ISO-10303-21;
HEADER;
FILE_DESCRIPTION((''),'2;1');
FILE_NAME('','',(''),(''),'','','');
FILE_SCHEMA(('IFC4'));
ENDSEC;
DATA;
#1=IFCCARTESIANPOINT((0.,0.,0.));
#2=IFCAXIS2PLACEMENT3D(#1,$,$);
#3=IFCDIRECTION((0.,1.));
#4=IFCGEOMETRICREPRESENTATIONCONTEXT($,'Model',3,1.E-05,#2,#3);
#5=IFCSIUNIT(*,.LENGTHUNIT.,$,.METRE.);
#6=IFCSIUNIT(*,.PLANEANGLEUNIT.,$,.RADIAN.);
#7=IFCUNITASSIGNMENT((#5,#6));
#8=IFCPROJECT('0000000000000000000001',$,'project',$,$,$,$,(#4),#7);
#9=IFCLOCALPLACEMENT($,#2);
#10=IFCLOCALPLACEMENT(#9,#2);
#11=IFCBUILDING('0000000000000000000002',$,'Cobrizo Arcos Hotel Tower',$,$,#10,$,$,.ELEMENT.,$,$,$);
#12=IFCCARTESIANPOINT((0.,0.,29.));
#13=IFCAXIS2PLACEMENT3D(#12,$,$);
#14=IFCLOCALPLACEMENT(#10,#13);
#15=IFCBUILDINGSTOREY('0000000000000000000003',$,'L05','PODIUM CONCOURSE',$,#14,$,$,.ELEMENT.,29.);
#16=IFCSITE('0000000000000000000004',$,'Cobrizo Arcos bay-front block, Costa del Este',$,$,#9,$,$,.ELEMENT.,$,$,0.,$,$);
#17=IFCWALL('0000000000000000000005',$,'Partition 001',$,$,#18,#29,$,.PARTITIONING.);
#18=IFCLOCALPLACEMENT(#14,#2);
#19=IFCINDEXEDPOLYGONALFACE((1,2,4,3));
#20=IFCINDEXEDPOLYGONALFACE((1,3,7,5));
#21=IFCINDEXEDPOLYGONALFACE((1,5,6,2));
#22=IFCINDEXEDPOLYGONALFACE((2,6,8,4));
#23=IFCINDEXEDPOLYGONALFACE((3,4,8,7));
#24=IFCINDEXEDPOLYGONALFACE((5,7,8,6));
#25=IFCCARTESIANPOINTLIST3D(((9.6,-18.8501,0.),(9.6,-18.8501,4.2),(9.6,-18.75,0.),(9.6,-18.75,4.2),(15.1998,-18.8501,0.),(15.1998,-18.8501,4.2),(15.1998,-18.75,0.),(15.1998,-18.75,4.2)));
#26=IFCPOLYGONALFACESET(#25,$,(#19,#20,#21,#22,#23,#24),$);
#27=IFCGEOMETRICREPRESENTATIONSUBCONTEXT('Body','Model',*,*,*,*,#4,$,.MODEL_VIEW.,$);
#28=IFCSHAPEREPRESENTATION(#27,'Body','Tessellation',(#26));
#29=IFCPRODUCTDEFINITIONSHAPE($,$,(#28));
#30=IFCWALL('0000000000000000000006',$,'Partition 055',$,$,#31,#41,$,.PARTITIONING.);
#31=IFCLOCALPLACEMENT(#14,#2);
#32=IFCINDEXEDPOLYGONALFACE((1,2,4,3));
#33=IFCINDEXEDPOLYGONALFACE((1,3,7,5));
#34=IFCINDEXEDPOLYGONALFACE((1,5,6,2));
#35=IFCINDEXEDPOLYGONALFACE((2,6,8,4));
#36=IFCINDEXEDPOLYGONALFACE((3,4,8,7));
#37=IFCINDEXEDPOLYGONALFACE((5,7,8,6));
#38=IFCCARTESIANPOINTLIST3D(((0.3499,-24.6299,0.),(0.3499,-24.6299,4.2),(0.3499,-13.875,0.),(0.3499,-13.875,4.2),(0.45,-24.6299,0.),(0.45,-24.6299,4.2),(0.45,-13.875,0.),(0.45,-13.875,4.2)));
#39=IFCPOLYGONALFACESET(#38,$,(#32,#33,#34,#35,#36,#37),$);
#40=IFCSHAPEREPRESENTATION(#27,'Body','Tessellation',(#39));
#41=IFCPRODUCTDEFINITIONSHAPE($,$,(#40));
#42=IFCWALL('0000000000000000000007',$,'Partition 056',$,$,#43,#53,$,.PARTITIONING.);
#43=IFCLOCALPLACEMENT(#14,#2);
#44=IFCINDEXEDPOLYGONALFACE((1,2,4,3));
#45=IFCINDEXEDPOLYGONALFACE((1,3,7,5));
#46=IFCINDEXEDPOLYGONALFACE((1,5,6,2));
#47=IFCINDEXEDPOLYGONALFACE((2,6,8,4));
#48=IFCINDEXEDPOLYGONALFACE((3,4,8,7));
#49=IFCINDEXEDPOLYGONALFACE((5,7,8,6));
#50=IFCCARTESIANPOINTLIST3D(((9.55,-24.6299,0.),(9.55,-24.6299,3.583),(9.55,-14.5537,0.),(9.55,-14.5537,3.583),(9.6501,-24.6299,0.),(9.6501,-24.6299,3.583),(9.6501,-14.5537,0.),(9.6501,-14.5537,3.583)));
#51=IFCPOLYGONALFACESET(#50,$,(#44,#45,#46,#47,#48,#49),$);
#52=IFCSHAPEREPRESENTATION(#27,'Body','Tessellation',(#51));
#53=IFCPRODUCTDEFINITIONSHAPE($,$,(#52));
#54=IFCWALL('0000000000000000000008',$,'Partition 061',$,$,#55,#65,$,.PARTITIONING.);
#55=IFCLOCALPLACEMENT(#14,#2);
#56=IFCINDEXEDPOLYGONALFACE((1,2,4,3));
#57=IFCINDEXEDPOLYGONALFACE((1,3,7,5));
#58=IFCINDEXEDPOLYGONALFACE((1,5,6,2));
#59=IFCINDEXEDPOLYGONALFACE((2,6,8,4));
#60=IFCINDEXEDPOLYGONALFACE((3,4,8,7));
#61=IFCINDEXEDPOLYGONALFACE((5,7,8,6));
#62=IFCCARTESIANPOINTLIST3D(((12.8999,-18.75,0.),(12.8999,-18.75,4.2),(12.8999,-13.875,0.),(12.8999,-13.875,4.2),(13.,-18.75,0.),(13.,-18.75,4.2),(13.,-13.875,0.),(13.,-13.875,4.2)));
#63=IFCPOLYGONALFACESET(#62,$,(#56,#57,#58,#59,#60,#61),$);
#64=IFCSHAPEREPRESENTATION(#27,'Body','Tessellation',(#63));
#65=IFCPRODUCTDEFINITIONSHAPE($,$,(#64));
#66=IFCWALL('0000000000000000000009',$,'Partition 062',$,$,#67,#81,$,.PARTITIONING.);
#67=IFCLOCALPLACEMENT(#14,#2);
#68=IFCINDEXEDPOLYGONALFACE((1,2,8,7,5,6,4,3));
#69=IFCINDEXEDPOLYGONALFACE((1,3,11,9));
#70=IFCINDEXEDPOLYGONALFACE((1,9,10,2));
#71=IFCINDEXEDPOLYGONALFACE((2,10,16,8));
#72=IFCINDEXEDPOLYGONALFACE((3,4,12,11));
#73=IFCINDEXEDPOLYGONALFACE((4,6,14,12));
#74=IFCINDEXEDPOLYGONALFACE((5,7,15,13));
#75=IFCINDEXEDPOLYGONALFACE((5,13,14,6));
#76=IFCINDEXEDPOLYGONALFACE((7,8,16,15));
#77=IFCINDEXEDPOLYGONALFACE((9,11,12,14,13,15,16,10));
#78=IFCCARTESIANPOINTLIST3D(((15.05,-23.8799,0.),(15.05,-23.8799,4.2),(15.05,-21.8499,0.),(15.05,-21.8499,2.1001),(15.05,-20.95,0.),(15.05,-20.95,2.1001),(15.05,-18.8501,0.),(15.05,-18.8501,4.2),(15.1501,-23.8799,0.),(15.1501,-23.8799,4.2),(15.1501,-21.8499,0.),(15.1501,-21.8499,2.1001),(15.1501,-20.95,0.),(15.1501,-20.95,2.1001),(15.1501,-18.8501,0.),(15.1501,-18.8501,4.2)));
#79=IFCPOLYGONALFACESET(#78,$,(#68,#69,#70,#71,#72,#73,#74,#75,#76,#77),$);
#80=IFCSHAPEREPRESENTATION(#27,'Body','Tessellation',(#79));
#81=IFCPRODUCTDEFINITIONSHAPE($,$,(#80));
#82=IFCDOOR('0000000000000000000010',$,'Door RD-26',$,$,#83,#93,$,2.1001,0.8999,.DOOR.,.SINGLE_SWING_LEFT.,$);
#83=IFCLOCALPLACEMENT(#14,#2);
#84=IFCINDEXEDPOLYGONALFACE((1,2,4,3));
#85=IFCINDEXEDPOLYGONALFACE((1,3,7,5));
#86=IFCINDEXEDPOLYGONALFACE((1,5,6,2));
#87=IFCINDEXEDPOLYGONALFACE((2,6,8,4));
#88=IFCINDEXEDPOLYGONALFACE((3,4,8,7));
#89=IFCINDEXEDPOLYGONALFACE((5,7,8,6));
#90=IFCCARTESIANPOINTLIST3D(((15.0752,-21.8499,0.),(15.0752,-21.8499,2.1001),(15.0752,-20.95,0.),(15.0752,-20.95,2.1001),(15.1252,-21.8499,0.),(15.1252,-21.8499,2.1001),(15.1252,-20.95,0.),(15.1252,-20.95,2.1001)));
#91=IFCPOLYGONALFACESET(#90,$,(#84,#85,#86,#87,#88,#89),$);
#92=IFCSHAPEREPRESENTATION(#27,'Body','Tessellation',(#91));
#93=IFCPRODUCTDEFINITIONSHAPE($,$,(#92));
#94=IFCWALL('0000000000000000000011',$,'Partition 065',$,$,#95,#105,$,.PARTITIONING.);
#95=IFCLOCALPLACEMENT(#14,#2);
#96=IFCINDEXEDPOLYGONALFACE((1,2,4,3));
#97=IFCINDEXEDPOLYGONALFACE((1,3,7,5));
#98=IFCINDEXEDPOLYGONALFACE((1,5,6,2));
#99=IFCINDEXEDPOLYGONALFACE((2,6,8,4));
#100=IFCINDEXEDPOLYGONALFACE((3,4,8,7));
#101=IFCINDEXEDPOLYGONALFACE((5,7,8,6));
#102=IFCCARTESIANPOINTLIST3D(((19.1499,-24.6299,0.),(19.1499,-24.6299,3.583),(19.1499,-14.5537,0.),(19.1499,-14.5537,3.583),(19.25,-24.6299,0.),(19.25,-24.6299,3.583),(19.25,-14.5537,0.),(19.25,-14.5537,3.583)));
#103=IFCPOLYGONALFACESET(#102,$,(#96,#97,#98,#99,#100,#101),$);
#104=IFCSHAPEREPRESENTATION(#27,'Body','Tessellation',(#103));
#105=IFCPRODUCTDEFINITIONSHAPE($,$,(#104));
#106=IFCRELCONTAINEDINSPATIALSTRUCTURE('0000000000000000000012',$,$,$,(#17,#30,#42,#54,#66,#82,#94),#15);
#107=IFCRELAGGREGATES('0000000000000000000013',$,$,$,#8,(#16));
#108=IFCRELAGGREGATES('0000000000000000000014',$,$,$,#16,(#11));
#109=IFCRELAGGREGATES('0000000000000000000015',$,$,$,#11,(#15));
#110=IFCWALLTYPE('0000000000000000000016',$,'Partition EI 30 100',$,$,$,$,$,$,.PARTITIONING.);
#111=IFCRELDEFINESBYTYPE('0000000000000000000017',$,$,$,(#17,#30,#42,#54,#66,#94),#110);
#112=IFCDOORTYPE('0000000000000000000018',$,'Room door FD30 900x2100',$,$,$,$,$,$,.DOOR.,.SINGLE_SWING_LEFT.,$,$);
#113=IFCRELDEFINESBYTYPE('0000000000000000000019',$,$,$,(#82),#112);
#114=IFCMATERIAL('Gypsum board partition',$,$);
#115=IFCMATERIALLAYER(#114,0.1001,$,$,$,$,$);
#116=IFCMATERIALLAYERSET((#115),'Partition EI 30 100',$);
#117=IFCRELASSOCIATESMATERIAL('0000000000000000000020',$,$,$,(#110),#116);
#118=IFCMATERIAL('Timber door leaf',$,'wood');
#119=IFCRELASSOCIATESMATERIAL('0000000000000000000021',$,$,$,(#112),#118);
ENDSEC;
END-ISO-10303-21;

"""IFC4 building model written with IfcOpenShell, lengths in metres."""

from ifc_helpers import new_model, si_unit, direction, frame, frame_2d, origin, place, context, subcontext, project, spatial, rectangle, extrude, material, layer, layer_set, type_object, element, fill, save


model = new_model("IFC4")

# Units and contexts
model_context = context("Model", 3, precision=1e-05, world=origin(), true_north=direction((0.0, 1.0)))
body_context = subcontext(model_context, "Body", "Model", "MODEL_VIEW")
ifc_project = project(units=[si_unit("LENGTHUNIT", "METRE"), si_unit("PLANEANGLEUNIT", "RADIAN")], contexts=[model_context])

# Site, building, storey
site_placement = place(None, origin())
site = spatial("IfcSite", under=ifc_project, at=site_placement, Name="Cobrizo Arcos bay-front block, Costa del Este", CompositionType="ELEMENT", RefElevation=0.0)
building_placement = place(site_placement, origin())
building = spatial("IfcBuilding", under=site, at=building_placement, Name="Cobrizo Arcos Hotel Tower", CompositionType="ELEMENT")
storey_placement = place(building_placement, frame((0.0, 0.0, 29.0)))
storey = spatial("IfcBuildingStorey", under=building, at=storey_placement, Name="L05", Description="PODIUM CONCOURSE", CompositionType="ELEMENT", Elevation=29.0)

# Walls
ifc_material_1 = material(Name="Gypsum board partition")
ifc_layer_1 = layer(ifc_material_1, 0.1001)
ifc_layer_set_1 = layer_set([ifc_layer_1], Name="Partition EI 30 100")
wall_type = type_object("IfcWallType", Name="Partition EI 30 100", PredefinedType="PARTITIONING", material=ifc_layer_set_1)
wall_1_placement = place(storey_placement, frame((9.6001, -18.8, 0.0), z_axis=(0.0, 0.0, 1.0), x_axis=(1.0, 0.0, 0.0)))
element("IfcWall", 1, at=wall_1_placement, inside=storey, type_object=wall_type, Name="Partition 001", PredefinedType="PARTITIONING", context=body_context, shape_type="SweptSolid", body=[
    extrude(rectangle(XDim=5.5999, YDim=0.1001, at=frame_2d((2.7998, 0.0))), origin(), (0.0, 0.0, 1.0), 4.2),
])
wall_2_placement = place(storey_placement, frame((0.3999, -24.6299, 0.0), z_axis=(0.0, 0.0, 1.0), x_axis=(0.0, 1.0, 0.0)))
element("IfcWall", 2, at=wall_2_placement, inside=storey, type_object=wall_type, Name="Partition 055", PredefinedType="PARTITIONING", context=body_context, shape_type="SweptSolid", body=[
    extrude(rectangle(XDim=10.7549, YDim=0.1001, at=frame_2d((5.3774, 0.0))), origin(), (0.0, 0.0, 1.0), 4.2),
])
wall_3_placement = place(storey_placement, frame((9.6001, -24.6299, 0.0), z_axis=(0.0, 0.0, 1.0), x_axis=(0.0, 1.0, 0.0)))
element("IfcWall", 3, at=wall_3_placement, inside=storey, type_object=wall_type, Name="Partition 056", PredefinedType="PARTITIONING", context=body_context, shape_type="SweptSolid", body=[
    extrude(rectangle(XDim=10.0762, YDim=0.1001, at=frame_2d((5.0381, 0.0))), origin(), (0.0, 0.0, 1.0), 3.583),
])
wall_4_placement = place(storey_placement, frame((12.95, -18.75, 0.0), z_axis=(0.0, 0.0, 1.0), x_axis=(0.0, 1.0, 0.0)))
element("IfcWall", 4, at=wall_4_placement, inside=storey, type_object=wall_type, Name="Partition 061", PredefinedType="PARTITIONING", context=body_context, shape_type="SweptSolid", body=[
    extrude(rectangle(XDim=4.875, YDim=0.1001, at=frame_2d((2.4375, 0.0))), origin(), (0.0, 0.0, 1.0), 4.2),
])

# Wall, opening, door
wall_5_placement = place(storey_placement, frame((15.1001, -23.8799, 0.0), z_axis=(0.0, 0.0, 1.0), x_axis=(0.0, 1.0, 0.0)))
wall_5 = element("IfcWall", 5, at=wall_5_placement, inside=storey, type_object=wall_type, Name="Partition 062", PredefinedType="PARTITIONING", context=body_context, shape_type="SweptSolid", body=[
    extrude(rectangle(XDim=5.0298, YDim=0.1001, at=frame_2d((2.5149, 0.0))), origin(), (0.0, 0.0, 1.0), 4.2),
])
opening_placement = place(wall_5_placement, frame((2.03, 0.0, 0.0)))
opening = element("IfcOpeningElement", 6, at=opening_placement, cuts=wall_5, PredefinedType="OPENING", context=body_context, shape_type="SweptSolid", body=[
    extrude(rectangle(XDim=0.8999, YDim=2.1001, at=frame_2d((0.45, 1.05))), frame((0.0, 0.062, 0.0), z_axis=(0.0, -1.0, 0.0), x_axis=(1.0, 0.0, 0.0)), (0.0, 0.0, 1.0), 0.124),
])
ifc_material_2 = material(Name="Timber door leaf", Category="wood")
door_type = type_object("IfcDoorType", Name="Room door FD30 900x2100", OperationType="SINGLE_SWING_LEFT", PredefinedType="DOOR", material=ifc_material_2)
door_placement = place(opening_placement, origin())
door = element("IfcDoor", 7, at=door_placement, inside=storey, type_object=door_type, Name="Door RD-26", OperationType="SINGLE_SWING_LEFT", OverallHeight=2.1001, OverallWidth=0.8999, PredefinedType="DOOR", context=body_context, shape_type="SweptSolid", body=[
    extrude(rectangle(XDim=0.8999, YDim=2.1001, at=frame_2d((0.45, 1.05))), frame((0.0, 0.0249, 0.0), z_axis=(0.0, -1.0, 0.0), x_axis=(1.0, 0.0, 0.0)), (0.0, 0.0, 1.0), 0.05),
])
fill(opening, door)

# Wall
wall_6_placement = place(storey_placement, frame((19.2, -24.6299, 0.0), z_axis=(0.0, 0.0, 1.0), x_axis=(0.0, 1.0, 0.0)))
element("IfcWall", 8, at=wall_6_placement, inside=storey, type_object=wall_type, Name="Partition 065", PredefinedType="PARTITIONING", context=body_context, shape_type="SweptSolid", body=[
    extrude(rectangle(XDim=10.0762, YDim=0.1001, at=frame_2d((5.0381, 0.0))), origin(), (0.0, 0.0, 1.0), 3.583),
])

save(model, "model.ifc")
